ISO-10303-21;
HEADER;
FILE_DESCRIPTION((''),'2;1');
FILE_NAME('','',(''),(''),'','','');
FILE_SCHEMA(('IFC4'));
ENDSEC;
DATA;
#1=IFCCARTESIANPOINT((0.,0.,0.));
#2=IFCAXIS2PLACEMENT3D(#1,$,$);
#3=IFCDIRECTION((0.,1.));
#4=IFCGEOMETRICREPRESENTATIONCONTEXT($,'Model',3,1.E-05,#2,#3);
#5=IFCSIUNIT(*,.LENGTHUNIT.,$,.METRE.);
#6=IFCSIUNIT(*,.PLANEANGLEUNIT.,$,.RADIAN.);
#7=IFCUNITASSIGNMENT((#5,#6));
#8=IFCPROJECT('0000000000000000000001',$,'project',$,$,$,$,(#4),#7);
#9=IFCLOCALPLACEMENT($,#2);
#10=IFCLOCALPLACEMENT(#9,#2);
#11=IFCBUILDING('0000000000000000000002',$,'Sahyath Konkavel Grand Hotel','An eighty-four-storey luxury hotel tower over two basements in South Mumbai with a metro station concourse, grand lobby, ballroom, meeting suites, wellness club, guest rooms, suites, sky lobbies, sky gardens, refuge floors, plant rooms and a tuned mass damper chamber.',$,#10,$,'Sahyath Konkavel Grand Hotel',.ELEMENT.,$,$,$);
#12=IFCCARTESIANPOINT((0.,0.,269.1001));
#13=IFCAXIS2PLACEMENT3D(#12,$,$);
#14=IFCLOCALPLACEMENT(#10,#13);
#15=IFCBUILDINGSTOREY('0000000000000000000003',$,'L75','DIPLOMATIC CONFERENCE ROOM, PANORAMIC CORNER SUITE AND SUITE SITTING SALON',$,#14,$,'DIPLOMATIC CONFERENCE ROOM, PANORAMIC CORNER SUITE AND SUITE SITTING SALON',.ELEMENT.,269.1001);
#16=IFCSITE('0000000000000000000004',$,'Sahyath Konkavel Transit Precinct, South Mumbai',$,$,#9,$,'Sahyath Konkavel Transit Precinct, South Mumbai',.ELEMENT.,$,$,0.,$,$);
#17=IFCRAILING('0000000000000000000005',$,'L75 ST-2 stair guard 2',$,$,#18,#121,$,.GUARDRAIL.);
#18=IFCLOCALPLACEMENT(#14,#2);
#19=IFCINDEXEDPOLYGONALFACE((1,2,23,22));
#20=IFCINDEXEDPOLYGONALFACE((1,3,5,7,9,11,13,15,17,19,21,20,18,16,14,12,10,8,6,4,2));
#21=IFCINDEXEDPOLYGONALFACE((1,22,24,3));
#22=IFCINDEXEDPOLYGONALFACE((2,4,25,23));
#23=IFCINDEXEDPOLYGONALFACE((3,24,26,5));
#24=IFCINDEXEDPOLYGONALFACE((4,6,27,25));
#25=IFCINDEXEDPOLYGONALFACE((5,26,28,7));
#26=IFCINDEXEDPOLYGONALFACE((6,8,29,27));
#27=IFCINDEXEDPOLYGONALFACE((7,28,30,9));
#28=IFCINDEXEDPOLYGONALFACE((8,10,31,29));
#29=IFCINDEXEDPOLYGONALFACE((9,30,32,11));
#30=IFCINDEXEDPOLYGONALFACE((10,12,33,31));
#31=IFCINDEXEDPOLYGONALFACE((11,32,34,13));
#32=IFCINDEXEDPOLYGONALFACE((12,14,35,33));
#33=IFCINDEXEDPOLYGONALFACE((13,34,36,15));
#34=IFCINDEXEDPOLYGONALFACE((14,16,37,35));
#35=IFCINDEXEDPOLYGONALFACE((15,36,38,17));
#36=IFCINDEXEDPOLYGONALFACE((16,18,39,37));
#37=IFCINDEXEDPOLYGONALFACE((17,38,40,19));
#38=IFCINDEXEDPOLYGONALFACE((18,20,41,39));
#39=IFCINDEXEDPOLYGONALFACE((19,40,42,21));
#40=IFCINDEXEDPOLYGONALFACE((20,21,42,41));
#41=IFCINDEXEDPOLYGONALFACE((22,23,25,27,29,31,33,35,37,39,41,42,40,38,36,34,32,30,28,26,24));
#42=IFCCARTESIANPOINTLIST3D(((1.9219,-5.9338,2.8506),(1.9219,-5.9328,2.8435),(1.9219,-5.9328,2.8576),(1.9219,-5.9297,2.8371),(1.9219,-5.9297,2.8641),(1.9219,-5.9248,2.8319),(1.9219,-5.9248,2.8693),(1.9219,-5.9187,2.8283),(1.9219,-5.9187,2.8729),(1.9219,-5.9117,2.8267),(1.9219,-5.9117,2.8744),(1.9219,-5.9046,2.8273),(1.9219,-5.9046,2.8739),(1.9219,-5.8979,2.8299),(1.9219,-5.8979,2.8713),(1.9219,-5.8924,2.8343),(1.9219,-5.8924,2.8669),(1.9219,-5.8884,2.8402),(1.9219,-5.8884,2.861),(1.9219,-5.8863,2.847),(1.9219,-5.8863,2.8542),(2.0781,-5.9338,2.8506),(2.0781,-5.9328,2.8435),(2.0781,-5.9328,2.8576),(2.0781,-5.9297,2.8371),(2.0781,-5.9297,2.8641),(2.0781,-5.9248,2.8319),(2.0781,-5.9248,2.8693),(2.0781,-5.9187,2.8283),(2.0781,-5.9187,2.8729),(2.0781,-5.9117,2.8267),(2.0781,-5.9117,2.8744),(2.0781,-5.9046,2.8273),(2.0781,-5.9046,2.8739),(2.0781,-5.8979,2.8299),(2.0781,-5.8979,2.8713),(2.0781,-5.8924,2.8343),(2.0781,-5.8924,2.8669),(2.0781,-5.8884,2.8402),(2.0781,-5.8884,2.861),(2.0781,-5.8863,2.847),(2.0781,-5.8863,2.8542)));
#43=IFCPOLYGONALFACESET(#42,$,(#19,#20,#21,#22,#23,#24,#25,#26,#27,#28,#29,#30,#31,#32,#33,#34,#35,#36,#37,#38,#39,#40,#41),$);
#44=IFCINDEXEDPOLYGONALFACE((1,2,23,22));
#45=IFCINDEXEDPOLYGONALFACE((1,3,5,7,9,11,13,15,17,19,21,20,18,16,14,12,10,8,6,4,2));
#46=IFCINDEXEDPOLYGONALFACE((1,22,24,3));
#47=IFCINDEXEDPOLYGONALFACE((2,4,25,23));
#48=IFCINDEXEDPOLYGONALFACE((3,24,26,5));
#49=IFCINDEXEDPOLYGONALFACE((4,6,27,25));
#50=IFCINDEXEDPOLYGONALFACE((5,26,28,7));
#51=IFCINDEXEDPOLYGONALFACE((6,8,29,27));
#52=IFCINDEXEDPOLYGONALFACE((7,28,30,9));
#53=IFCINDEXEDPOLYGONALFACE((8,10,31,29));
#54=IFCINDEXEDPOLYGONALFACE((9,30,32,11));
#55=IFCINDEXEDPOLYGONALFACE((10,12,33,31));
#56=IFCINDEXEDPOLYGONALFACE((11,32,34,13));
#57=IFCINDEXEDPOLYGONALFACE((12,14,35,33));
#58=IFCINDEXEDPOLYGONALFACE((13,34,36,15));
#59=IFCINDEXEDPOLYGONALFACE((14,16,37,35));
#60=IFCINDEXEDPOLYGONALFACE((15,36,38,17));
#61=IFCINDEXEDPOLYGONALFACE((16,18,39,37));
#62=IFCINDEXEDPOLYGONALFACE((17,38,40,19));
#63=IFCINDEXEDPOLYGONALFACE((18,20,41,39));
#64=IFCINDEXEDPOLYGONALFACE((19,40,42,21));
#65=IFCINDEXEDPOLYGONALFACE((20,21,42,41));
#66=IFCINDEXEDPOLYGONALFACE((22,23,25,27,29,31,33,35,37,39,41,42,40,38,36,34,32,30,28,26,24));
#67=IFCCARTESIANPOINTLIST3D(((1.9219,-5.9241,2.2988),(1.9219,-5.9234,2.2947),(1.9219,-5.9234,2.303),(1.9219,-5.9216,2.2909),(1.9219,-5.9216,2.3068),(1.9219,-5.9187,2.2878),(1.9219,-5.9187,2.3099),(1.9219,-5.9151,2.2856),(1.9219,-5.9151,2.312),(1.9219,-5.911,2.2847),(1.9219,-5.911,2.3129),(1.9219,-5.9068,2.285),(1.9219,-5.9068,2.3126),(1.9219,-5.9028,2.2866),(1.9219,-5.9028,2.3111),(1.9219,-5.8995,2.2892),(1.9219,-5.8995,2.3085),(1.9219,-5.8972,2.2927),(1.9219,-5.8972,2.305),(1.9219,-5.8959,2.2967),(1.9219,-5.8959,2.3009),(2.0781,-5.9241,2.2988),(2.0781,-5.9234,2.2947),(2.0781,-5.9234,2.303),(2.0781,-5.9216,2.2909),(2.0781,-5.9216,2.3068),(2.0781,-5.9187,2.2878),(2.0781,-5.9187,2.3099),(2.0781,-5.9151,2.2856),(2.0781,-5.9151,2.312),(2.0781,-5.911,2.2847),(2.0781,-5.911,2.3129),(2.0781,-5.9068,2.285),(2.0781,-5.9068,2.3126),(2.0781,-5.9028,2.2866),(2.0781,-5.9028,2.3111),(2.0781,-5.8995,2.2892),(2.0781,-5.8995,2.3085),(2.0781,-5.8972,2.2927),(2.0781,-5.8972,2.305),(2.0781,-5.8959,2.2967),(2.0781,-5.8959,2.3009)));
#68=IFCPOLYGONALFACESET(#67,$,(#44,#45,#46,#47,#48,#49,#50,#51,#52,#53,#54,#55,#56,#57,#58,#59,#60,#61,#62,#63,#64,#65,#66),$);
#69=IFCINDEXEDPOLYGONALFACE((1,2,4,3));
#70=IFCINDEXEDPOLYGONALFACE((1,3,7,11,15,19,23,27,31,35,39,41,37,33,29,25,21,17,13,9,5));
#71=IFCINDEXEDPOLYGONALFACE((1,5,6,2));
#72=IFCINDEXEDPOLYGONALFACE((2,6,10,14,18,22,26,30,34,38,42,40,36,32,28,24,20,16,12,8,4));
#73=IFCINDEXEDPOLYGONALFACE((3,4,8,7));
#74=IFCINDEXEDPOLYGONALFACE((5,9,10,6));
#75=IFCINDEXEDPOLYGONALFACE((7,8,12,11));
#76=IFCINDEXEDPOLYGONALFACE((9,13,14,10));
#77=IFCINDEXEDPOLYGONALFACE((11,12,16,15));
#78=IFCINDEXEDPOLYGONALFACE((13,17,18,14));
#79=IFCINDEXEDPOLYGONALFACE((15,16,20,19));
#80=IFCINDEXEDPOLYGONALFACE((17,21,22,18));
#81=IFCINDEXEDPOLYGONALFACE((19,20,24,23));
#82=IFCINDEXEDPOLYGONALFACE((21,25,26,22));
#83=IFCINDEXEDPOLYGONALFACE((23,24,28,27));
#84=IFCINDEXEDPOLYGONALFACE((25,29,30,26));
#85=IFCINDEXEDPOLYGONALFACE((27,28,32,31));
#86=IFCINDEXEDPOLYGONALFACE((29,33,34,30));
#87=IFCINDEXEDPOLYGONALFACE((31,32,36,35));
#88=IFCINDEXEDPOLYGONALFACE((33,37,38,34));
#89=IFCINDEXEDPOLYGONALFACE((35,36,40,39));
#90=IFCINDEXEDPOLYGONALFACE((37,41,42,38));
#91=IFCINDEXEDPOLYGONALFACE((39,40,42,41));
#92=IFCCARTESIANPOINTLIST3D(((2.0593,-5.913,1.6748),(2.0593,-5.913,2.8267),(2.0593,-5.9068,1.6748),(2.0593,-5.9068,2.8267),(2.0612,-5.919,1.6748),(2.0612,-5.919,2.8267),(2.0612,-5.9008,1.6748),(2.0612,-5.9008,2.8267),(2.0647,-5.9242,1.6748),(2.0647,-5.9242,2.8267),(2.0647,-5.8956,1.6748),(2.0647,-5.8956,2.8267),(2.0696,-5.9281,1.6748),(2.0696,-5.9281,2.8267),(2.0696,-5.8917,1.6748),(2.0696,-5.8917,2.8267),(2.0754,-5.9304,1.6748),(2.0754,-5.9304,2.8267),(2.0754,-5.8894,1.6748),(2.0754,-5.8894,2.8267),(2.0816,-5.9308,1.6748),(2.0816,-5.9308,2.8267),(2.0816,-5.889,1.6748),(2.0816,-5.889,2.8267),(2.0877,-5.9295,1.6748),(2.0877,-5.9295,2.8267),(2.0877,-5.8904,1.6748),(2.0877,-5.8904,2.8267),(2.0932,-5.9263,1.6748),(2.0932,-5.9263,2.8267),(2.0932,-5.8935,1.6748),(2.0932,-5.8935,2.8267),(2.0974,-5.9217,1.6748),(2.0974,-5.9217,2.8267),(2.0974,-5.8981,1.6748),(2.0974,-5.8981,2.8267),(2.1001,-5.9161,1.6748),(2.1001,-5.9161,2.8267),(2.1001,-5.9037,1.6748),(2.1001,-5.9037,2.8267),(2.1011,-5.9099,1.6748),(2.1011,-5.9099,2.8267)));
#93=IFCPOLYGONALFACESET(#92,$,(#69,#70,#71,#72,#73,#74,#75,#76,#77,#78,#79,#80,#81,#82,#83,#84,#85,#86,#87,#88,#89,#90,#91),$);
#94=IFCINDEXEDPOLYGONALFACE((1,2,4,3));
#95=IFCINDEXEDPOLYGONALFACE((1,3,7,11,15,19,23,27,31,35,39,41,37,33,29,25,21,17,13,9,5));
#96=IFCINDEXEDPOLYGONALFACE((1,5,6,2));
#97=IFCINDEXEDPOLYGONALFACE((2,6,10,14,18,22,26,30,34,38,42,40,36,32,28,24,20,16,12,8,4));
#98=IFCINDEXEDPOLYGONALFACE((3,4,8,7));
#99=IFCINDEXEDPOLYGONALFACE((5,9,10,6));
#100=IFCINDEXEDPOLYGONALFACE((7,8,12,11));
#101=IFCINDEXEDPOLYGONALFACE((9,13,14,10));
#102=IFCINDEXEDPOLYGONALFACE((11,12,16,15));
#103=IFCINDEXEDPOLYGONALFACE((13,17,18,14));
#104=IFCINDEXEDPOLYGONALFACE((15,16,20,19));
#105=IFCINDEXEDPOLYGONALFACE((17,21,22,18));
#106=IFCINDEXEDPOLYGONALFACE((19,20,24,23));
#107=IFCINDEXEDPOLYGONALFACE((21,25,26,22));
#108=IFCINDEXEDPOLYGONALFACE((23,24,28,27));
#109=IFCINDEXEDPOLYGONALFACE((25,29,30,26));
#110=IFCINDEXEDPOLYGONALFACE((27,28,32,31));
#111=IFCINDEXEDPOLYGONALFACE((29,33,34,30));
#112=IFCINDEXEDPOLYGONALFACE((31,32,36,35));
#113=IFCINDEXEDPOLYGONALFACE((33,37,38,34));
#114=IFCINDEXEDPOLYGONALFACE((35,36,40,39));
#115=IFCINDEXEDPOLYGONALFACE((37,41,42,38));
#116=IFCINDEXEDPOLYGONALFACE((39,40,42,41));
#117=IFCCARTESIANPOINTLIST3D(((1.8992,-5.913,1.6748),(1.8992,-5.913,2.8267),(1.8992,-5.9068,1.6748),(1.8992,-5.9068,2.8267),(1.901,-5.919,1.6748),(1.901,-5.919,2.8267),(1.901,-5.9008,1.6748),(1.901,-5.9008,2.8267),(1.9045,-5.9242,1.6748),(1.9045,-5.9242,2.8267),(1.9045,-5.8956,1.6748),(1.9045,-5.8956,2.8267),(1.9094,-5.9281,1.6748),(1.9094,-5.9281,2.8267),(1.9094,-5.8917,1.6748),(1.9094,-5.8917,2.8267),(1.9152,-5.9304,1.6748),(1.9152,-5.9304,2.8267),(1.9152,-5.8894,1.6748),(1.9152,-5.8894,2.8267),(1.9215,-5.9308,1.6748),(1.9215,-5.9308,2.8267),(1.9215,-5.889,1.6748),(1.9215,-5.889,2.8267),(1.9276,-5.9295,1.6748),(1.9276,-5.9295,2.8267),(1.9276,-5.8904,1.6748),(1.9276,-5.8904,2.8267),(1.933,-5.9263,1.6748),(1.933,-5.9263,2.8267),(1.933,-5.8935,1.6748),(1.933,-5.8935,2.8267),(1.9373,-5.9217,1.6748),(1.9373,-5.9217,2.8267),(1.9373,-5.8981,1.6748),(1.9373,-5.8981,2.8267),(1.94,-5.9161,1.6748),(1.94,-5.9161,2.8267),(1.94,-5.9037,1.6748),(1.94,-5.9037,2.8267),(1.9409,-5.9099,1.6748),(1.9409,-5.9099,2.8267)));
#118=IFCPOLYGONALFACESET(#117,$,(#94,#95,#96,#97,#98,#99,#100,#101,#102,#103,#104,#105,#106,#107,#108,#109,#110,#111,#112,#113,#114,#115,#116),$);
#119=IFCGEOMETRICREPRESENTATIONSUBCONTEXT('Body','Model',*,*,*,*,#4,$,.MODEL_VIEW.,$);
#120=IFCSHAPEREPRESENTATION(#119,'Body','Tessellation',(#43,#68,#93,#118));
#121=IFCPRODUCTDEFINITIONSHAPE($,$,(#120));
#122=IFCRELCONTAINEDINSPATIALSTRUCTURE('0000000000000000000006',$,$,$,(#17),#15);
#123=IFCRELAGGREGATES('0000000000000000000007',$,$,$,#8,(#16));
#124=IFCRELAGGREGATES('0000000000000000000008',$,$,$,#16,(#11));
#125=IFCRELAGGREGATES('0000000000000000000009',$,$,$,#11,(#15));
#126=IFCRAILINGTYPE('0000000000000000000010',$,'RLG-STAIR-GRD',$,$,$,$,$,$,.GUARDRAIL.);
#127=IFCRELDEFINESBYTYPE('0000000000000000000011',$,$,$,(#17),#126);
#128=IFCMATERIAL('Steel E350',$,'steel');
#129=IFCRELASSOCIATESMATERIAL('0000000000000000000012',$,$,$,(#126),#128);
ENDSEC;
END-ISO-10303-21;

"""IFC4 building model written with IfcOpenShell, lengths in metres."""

from ifc_helpers import new_model, si_unit, direction, frame, origin, origin_2d, place, context, subcontext, project, spatial, circle, extrude, material, type_object, element, save


model = new_model("IFC4")

# Units and contexts
model_context = context("Model", 3, precision=1e-05, world=origin(), true_north=direction((0.0, 1.0)))
body_context = subcontext(model_context, "Body", "Model", "MODEL_VIEW")
ifc_project = project(units=[si_unit("LENGTHUNIT", "METRE"), si_unit("PLANEANGLEUNIT", "RADIAN")], contexts=[model_context])

# Site, building, storey
site_placement = place(None, origin())
site = spatial("IfcSite", under=ifc_project, at=site_placement, Name="Sahyath Konkavel Transit Precinct, South Mumbai", LongName="Sahyath Konkavel Transit Precinct, South Mumbai", CompositionType="ELEMENT", RefElevation=0.0)
building_placement = place(site_placement, origin())
building = spatial("IfcBuilding", under=site, at=building_placement, Name="Sahyath Konkavel Grand Hotel", Description="An eighty-four-storey luxury hotel tower over two basements in South Mumbai with a metro station concourse, grand lobby, ballroom, meeting suites, wellness club, guest rooms, suites, sky lobbies, sky gardens, refuge floors, plant rooms and a tuned mass damper chamber.", LongName="Sahyath Konkavel Grand Hotel", CompositionType="ELEMENT")
storey_placement = place(building_placement, frame((0.0, 0.0, 269.1001)))
storey = spatial("IfcBuildingStorey", under=building, at=storey_placement, Name="L75", Description="DIPLOMATIC CONFERENCE ROOM, PANORAMIC CORNER SUITE AND SUITE SITTING SALON", LongName="DIPLOMATIC CONFERENCE ROOM, PANORAMIC CORNER SUITE AND SUITE SITTING SALON", CompositionType="ELEMENT", Elevation=269.1001)

# Shared definitions
ifc_material_1 = material(Name="Steel E350", Category="steel")

# Railing
railing_type_1 = type_object("IfcRailingType", Name="RLG-STAIR-GRD", PredefinedType="GUARDRAIL", material=ifc_material_1)
railing_1_placement = place(storey_placement, frame((2.0801, -5.9099, 1.6748)))
element("IfcRailing", 1, at=railing_1_placement, inside=storey, type_object=railing_type_1, Name="L75 ST-2 stair guard 2", PredefinedType="GUARDRAIL", context=body_context, shape_type="SweptSolid", body=[
    extrude(circle(Radius=0.0239, at=origin_2d()), frame((-0.002, 0.0, 1.1758), z_axis=(-1.0, 0.0, 0.0), x_axis=(0.0, -1.0, 0.0)), (0.0, 0.0, 1.0), 0.1562),
    extrude(circle(Radius=0.0142, at=origin_2d()), frame((-0.002, 0.0, 0.624), z_axis=(-1.0, 0.0, 0.0), x_axis=(0.0, -1.0, 0.0)), (0.0, 0.0, 1.0), 0.1562),
    extrude(circle(Radius=0.021, at=origin_2d()), origin(), (0.0, 0.0, 1.0), 1.1519),
    extrude(circle(Radius=0.021, at=origin_2d()), frame((-0.1602, 0.0, 0.0)), (0.0, 0.0, 1.0), 1.1519),
])

save(model, "model.ifc")
